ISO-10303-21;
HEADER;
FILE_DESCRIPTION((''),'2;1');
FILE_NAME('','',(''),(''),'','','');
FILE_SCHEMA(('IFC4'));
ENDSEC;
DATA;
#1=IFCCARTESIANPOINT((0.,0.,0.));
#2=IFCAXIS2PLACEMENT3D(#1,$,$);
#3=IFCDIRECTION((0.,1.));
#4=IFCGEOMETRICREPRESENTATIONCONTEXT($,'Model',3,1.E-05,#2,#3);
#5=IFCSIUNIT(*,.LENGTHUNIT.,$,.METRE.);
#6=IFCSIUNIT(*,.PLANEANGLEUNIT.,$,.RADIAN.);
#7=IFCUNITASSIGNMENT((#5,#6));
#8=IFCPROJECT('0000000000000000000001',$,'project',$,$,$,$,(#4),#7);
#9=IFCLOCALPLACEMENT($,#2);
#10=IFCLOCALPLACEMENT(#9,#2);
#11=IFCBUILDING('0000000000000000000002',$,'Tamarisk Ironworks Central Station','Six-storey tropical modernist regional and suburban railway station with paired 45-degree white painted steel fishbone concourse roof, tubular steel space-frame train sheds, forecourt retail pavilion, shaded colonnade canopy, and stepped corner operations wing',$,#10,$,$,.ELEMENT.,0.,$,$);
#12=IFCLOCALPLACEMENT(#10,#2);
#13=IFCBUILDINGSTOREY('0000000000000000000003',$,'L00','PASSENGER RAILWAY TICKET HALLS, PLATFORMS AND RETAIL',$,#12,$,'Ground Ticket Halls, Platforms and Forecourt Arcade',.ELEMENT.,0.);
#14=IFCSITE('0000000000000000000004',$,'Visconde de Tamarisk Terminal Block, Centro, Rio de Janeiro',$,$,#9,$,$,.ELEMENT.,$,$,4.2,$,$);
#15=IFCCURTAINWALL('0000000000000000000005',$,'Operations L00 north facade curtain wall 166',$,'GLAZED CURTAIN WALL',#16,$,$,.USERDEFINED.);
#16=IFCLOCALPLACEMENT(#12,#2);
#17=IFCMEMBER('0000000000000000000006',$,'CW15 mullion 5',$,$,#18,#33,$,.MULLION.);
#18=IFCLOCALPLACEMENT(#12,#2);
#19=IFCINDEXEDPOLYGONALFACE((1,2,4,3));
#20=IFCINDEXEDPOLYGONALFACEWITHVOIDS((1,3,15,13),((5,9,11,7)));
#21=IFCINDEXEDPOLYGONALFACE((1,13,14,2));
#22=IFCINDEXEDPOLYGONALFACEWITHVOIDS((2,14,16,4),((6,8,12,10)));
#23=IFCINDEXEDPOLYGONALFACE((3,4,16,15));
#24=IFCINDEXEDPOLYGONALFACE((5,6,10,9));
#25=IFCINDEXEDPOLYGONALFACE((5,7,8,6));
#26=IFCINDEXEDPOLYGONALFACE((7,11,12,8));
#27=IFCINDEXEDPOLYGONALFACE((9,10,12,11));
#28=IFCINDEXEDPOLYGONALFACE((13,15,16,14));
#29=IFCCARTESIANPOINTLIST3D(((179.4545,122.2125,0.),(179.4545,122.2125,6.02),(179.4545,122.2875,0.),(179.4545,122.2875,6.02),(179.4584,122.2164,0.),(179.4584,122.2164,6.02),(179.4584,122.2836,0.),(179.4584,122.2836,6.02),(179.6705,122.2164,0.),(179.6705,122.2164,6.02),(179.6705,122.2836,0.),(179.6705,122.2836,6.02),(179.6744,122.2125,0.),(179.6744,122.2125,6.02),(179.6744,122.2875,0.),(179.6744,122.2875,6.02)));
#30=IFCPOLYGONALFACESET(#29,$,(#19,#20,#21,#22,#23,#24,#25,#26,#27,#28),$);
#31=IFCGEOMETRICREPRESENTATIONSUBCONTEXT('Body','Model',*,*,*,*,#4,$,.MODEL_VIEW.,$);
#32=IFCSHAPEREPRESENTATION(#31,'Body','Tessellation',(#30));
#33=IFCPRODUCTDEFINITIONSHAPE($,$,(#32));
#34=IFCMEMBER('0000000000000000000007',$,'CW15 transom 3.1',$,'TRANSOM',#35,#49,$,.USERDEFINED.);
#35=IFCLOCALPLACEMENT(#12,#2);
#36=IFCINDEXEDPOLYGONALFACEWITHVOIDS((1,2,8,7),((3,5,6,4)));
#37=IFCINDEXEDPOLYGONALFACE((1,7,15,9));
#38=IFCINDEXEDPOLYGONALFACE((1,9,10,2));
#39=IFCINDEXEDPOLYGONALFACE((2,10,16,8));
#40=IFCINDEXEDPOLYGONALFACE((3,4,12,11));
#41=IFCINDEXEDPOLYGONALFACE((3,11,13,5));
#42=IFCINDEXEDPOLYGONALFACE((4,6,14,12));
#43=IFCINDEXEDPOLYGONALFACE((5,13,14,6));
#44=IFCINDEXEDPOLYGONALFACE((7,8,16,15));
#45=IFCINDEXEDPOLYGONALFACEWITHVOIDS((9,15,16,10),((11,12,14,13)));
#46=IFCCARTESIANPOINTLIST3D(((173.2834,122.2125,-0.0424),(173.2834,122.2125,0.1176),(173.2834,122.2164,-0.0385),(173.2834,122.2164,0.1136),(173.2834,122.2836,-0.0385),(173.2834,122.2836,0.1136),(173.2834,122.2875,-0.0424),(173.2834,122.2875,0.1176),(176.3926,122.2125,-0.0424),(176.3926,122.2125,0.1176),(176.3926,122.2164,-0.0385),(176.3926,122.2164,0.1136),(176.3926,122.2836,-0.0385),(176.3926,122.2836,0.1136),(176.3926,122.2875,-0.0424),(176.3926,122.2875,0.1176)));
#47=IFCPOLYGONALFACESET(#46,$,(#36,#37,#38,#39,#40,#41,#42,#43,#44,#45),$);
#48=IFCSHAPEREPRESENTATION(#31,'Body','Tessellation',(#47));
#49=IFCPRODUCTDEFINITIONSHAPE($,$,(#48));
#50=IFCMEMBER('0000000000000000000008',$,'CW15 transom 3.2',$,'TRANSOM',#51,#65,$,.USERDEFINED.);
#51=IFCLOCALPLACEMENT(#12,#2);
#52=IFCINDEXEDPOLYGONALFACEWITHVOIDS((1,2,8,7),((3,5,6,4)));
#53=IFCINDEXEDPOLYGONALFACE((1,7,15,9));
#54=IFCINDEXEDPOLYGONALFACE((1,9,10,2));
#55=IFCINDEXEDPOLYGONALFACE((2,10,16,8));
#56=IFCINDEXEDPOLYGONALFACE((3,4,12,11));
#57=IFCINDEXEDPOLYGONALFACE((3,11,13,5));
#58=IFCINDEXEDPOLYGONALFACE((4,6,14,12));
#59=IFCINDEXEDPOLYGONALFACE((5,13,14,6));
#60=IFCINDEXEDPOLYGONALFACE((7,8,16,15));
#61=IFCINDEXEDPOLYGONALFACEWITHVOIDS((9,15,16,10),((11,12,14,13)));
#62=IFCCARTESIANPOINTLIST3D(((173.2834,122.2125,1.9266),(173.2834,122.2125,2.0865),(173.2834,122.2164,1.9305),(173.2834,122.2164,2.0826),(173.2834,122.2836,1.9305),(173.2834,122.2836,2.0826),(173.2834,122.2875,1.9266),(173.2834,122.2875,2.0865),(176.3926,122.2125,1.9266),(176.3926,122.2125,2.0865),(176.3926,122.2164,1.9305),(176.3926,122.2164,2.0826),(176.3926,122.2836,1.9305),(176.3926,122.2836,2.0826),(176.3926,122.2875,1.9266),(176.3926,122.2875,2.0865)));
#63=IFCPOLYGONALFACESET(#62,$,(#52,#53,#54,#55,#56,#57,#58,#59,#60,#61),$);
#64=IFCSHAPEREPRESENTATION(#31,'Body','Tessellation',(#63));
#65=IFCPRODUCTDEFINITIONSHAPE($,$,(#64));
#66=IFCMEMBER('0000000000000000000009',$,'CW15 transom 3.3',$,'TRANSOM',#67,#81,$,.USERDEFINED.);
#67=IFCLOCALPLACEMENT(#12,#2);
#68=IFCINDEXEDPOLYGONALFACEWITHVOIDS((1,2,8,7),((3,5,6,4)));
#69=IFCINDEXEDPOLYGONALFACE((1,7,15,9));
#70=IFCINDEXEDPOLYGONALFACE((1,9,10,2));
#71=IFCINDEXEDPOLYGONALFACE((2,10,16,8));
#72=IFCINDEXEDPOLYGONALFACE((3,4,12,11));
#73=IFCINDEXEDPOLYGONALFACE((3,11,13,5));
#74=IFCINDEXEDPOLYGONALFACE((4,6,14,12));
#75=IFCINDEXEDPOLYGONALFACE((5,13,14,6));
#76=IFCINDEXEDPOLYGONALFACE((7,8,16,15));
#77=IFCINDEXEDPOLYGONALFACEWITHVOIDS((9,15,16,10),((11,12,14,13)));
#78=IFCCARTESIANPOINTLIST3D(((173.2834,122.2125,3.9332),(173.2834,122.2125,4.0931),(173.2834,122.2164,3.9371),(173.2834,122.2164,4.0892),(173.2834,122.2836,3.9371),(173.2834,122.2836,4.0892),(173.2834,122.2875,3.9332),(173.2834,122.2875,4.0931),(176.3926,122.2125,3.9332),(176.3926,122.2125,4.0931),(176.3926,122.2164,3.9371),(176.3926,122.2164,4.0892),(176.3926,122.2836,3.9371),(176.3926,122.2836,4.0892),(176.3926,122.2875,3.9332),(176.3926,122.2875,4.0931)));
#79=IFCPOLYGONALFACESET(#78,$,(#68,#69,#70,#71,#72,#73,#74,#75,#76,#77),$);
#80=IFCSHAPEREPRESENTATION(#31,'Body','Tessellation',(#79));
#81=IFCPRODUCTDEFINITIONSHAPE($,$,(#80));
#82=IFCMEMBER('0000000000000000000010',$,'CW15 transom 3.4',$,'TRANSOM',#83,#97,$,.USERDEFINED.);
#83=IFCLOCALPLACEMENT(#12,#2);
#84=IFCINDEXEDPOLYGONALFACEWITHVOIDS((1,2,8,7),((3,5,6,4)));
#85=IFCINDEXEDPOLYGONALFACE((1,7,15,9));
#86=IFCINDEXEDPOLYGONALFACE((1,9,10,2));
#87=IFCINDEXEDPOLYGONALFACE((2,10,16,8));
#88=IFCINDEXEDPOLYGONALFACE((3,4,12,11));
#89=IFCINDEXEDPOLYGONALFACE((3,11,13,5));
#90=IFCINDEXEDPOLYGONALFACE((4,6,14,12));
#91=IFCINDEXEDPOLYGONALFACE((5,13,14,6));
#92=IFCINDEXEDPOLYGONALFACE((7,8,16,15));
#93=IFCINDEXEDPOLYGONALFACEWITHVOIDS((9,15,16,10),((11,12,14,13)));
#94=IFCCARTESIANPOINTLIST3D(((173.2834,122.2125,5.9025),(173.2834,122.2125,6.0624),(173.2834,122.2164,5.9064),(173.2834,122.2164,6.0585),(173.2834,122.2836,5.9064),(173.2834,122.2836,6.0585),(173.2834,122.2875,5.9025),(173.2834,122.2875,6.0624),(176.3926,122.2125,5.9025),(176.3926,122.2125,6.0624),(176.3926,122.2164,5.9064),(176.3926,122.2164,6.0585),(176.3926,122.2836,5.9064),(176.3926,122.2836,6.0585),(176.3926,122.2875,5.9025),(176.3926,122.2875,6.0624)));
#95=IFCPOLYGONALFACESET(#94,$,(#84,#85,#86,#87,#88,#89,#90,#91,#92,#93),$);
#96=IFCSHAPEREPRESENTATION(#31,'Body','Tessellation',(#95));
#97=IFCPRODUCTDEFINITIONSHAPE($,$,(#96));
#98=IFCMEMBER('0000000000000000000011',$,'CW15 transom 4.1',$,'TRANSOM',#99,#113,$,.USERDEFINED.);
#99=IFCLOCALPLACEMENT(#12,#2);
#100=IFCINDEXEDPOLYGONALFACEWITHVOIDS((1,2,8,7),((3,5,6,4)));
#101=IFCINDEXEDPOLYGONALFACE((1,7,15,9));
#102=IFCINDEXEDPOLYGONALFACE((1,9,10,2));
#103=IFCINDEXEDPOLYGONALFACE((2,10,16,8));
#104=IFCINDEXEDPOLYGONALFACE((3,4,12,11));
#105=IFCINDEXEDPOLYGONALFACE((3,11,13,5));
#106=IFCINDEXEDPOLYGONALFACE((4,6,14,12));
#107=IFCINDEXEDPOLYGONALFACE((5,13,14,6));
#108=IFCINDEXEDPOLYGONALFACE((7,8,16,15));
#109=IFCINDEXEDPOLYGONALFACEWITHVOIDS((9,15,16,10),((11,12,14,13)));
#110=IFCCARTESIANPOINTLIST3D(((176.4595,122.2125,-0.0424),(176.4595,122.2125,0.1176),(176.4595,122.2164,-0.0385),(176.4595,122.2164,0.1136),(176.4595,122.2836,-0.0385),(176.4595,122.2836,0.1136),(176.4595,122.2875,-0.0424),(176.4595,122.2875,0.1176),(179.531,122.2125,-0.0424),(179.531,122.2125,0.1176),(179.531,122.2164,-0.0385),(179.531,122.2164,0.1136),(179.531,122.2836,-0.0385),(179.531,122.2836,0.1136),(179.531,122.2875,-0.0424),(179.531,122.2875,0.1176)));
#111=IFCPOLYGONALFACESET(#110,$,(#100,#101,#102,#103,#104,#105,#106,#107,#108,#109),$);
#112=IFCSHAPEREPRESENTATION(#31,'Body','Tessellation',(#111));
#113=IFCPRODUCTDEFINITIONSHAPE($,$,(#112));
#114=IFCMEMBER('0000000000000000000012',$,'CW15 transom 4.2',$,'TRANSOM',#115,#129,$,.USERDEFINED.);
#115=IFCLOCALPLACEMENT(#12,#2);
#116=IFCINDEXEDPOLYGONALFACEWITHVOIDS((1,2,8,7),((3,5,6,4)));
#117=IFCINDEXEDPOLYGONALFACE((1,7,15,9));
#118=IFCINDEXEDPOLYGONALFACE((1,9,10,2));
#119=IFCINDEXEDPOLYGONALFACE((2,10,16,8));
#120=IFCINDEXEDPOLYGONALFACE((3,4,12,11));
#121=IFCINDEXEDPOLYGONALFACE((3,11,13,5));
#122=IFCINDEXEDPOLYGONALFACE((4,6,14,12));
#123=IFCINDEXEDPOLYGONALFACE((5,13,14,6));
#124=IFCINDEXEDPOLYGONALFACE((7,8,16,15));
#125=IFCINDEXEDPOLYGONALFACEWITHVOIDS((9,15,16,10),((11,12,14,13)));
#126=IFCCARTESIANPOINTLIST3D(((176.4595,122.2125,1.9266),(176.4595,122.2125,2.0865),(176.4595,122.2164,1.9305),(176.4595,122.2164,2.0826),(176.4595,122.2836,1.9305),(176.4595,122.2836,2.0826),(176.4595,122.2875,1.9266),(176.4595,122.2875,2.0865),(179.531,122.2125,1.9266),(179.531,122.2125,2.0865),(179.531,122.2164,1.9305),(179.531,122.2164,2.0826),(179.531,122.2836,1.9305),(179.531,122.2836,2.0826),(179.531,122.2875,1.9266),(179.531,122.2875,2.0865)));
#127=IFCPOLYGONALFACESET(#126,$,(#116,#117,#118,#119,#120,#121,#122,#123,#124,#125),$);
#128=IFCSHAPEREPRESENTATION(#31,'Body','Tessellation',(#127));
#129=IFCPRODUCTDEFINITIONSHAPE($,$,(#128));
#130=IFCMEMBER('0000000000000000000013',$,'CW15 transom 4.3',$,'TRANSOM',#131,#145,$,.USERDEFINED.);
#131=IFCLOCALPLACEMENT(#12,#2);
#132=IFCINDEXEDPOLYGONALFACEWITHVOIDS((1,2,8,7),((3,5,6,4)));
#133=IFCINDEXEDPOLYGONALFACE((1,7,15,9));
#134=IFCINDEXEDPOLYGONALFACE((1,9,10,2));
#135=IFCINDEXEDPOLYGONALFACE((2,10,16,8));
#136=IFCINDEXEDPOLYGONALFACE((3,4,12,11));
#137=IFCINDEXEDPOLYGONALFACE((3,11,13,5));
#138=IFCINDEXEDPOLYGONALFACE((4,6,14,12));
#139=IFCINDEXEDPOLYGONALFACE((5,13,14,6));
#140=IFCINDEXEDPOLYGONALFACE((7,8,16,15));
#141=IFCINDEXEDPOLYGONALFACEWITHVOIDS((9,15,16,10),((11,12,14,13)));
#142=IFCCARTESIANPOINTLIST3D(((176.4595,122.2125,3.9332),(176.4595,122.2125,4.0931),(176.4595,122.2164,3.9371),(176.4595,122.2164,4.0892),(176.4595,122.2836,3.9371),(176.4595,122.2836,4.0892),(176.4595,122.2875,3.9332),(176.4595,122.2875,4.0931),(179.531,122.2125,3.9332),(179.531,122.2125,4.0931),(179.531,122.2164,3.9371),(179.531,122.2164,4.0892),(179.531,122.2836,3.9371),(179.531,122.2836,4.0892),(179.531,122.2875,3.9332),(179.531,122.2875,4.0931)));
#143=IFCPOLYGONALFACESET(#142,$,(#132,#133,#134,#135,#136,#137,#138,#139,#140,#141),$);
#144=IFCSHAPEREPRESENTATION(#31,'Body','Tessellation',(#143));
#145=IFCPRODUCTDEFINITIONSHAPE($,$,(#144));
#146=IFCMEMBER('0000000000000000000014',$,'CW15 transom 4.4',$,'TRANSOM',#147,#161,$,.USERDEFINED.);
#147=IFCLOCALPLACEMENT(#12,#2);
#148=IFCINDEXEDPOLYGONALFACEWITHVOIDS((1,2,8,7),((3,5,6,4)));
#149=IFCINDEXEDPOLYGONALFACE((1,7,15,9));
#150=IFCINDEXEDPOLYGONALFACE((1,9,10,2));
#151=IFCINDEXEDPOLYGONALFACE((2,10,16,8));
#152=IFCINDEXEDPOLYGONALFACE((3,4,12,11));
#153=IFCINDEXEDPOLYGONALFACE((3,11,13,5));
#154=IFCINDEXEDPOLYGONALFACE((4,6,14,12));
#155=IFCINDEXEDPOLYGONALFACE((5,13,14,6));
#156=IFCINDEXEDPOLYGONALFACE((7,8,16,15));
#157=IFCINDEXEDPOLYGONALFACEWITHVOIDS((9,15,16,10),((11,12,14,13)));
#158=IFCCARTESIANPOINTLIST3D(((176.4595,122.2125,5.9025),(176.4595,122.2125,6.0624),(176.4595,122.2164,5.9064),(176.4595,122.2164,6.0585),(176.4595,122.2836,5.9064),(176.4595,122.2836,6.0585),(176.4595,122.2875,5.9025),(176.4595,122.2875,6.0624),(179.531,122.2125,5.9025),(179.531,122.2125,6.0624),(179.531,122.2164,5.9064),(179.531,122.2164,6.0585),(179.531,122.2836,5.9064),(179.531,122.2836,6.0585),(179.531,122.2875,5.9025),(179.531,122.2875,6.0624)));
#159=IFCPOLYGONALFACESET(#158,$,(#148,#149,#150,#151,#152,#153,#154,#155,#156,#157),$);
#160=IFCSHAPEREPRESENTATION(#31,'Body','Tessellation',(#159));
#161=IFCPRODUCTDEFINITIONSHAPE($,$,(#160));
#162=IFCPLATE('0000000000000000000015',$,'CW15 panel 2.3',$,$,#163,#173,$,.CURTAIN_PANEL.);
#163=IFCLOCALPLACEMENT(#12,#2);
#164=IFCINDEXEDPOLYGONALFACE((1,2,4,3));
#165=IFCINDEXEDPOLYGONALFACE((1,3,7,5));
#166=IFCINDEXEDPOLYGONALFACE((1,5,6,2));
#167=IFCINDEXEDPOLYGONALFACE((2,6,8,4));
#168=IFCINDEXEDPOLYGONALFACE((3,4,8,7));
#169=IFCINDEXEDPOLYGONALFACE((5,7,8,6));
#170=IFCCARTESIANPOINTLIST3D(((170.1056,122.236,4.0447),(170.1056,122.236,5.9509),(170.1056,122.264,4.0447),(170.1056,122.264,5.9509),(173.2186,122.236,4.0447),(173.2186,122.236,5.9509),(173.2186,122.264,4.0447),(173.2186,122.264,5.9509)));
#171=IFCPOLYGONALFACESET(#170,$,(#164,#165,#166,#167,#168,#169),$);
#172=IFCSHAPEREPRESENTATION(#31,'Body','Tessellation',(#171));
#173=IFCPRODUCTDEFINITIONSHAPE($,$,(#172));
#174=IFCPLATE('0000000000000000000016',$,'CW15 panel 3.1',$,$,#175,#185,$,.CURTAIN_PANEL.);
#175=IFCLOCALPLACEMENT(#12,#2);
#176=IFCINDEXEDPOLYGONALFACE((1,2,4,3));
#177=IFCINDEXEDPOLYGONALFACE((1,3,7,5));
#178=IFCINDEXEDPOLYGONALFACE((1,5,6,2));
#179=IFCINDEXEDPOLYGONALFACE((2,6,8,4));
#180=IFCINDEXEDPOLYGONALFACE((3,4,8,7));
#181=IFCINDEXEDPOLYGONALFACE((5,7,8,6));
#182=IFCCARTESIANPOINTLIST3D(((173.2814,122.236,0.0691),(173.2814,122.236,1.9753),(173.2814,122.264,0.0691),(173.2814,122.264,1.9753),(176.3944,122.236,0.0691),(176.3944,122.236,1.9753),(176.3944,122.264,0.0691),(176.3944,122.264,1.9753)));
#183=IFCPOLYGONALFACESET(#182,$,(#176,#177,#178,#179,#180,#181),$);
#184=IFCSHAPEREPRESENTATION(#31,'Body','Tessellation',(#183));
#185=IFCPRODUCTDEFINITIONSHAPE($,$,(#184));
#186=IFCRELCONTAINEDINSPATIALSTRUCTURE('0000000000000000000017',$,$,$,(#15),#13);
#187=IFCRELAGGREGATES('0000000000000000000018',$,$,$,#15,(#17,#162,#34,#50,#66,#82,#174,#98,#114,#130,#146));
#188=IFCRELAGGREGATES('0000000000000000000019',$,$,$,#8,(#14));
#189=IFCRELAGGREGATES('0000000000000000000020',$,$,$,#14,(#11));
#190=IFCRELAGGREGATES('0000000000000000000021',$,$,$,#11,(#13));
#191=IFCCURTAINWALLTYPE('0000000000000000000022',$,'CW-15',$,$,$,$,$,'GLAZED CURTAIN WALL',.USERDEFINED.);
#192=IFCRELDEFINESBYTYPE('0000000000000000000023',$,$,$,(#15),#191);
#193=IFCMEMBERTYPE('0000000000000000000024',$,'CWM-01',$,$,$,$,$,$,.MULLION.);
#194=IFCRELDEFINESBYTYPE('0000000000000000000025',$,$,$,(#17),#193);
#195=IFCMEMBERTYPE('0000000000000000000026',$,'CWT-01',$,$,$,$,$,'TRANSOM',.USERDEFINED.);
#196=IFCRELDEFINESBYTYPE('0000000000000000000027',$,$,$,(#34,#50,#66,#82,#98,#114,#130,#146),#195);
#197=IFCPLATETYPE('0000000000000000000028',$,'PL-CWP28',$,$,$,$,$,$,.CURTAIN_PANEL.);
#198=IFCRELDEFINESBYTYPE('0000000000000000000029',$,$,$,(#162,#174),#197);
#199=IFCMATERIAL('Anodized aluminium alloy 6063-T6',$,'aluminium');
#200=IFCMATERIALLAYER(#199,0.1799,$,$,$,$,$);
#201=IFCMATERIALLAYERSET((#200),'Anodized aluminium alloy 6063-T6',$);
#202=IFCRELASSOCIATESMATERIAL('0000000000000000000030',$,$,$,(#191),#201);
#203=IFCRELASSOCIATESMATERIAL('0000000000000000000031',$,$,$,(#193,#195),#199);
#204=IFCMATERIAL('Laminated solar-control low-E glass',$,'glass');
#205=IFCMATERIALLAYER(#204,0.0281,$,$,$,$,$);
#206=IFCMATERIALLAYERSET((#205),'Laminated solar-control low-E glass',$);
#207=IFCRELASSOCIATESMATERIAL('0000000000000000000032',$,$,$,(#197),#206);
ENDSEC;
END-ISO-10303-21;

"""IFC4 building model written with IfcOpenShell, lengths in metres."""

from ifc_helpers import new_model, si_unit, direction, frame, origin, origin_2d, place, context, subcontext, project, spatial, rectangle, hollow_rectangle, extrude, material, layer, layer_set, material_profile, profile_set, type_object, element, aggregate, save


model = new_model("IFC4")

# Units and contexts
model_context = context("Model", 3, precision=1e-05, world=origin(), true_north=direction((0.0, 1.0)))
body_context = subcontext(model_context, "Body", "Model", "MODEL_VIEW")
ifc_project = project(units=[si_unit("LENGTHUNIT", "METRE"), si_unit("PLANEANGLEUNIT", "RADIAN")], contexts=[model_context])

# Site, building, storey
site_placement = place(None, origin())
site = spatial("IfcSite", under=ifc_project, at=site_placement, Name="Visconde de Tamarisk Terminal Block, Centro, Rio de Janeiro", CompositionType="ELEMENT", RefElevation=4.2)
building_placement = place(site_placement, origin())
building = spatial("IfcBuilding", under=site, at=building_placement, Name="Tamarisk Ironworks Central Station", Description="Six-storey tropical modernist regional and suburban railway station with paired 45-degree white painted steel fishbone concourse roof, tubular steel space-frame train sheds, forecourt retail pavilion, shaded colonnade canopy, and stepped corner operations wing", CompositionType="ELEMENT", ElevationOfRefHeight=0.0)
storey_placement = place(building_placement, origin())
storey = spatial("IfcBuildingStorey", under=building, at=storey_placement, Name="L00", Description="PASSENGER RAILWAY TICKET HALLS, PLATFORMS AND RETAIL", LongName="Ground Ticket Halls, Platforms and Forecourt Arcade", CompositionType="ELEMENT", Elevation=0.0)

# Curtain wall, members, plates
ifc_material_1 = material(Name="Anodized aluminium alloy 6063-T6", Category="aluminium")
ifc_layer_1 = layer(ifc_material_1, 0.1799)
ifc_layer_set_1 = layer_set([ifc_layer_1], Name="Anodized aluminium alloy 6063-T6")
curtain_wall_type = type_object("IfcCurtainWallType", Name="CW-15", ElementType="GLAZED CURTAIN WALL", PredefinedType="USERDEFINED", material=ifc_layer_set_1)
curtain_wall_placement = place(storey_placement, origin())
curtain_wall = element("IfcCurtainWall", 1, at=curtain_wall_placement, inside=storey, type_object=curtain_wall_type, Name="Operations L00 north facade curtain wall 166", ObjectType="GLAZED CURTAIN WALL", PredefinedType="USERDEFINED")
ifc_material_profile_1 = material_profile(ifc_material_1, hollow_rectangle(XDim=0.075, YDim=0.22, WallThickness=0.0039, at=origin_2d()), Name="ALUM 220x75")
ifc_profile_set_1 = profile_set([ifc_material_profile_1], Name="Anodized aluminium alloy 6063-T6")
member_type_1 = type_object("IfcMemberType", Name="CWM-01", PredefinedType="MULLION", material=ifc_profile_set_1)
member_1_placement = place(storey_placement, frame((179.5645, 122.25, 0.0), z_axis=(0.0, 0.0, 1.0), x_axis=(0.0, 1.0, 0.0)))
member_1 = element("IfcMember", 2, at=member_1_placement, type_object=member_type_1, Name="CW15 mullion 5", PredefinedType="MULLION", context=body_context, shape_type="SweptSolid", body=[
    extrude(hollow_rectangle(XDim=0.075, YDim=0.22, WallThickness=0.0039, at=origin_2d()), origin(), (0.0, 0.0, 1.0), 6.02),
])
ifc_material_profile_2 = material_profile(ifc_material_1, hollow_rectangle(XDim=0.075, YDim=0.1599, WallThickness=0.0039, at=origin_2d()), Name="ALUM 160x75")
ifc_profile_set_2 = profile_set([ifc_material_profile_2], Name="Anodized aluminium alloy 6063-T6")
member_type_2 = type_object("IfcMemberType", Name="CWT-01", ElementType="TRANSOM", PredefinedType="USERDEFINED", material=ifc_profile_set_2)
member_2_placement = place(storey_placement, frame((173.2834, 122.25, 0.0376), z_axis=(1.0, 0.0, 0.0), x_axis=(0.0, 1.0, 0.0)))
member_2 = element("IfcMember", 3, at=member_2_placement, type_object=member_type_2, Name="CW15 transom 3.1", ObjectType="TRANSOM", PredefinedType="USERDEFINED", context=body_context, shape_type="SweptSolid", body=[
    extrude(hollow_rectangle(XDim=0.075, YDim=0.1599, WallThickness=0.0039, at=origin_2d()), origin(), (0.0, 0.0, 1.0), 3.1091),
])
member_3_placement = place(storey_placement, frame((173.2834, 122.25, 2.0066), z_axis=(1.0, 0.0, 0.0), x_axis=(0.0, 1.0, 0.0)))
member_3 = element("IfcMember", 4, at=member_3_placement, type_object=member_type_2, Name="CW15 transom 3.2", ObjectType="TRANSOM", PredefinedType="USERDEFINED", context=body_context, shape_type="SweptSolid", body=[
    extrude(hollow_rectangle(XDim=0.075, YDim=0.1599, WallThickness=0.0039, at=origin_2d()), origin(), (0.0, 0.0, 1.0), 3.1091),
])
member_4_placement = place(storey_placement, frame((173.2834, 122.25, 4.0132), z_axis=(1.0, 0.0, 0.0), x_axis=(0.0, 1.0, 0.0)))
member_4 = element("IfcMember", 5, at=member_4_placement, type_object=member_type_2, Name="CW15 transom 3.3", ObjectType="TRANSOM", PredefinedType="USERDEFINED", context=body_context, shape_type="SweptSolid", body=[
    extrude(hollow_rectangle(XDim=0.075, YDim=0.1599, WallThickness=0.0039, at=origin_2d()), origin(), (0.0, 0.0, 1.0), 3.1091),
])
member_5_placement = place(storey_placement, frame((173.2834, 122.25, 5.9824), z_axis=(1.0, 0.0, 0.0), x_axis=(0.0, 1.0, 0.0)))
member_5 = element("IfcMember", 6, at=member_5_placement, type_object=member_type_2, Name="CW15 transom 3.4", ObjectType="TRANSOM", PredefinedType="USERDEFINED", context=body_context, shape_type="SweptSolid", body=[
    extrude(hollow_rectangle(XDim=0.075, YDim=0.1599, WallThickness=0.0039, at=origin_2d()), origin(), (0.0, 0.0, 1.0), 3.1091),
])
member_6_placement = place(storey_placement, frame((176.4595, 122.25, 0.0376), z_axis=(1.0, 0.0, 0.0), x_axis=(0.0, 1.0, 0.0)))
member_6 = element("IfcMember", 7, at=member_6_placement, type_object=member_type_2, Name="CW15 transom 4.1", ObjectType="TRANSOM", PredefinedType="USERDEFINED", context=body_context, shape_type="SweptSolid", body=[
    extrude(hollow_rectangle(XDim=0.075, YDim=0.1599, WallThickness=0.0039, at=origin_2d()), origin(), (0.0, 0.0, 1.0), 3.0715),
])
member_7_placement = place(storey_placement, frame((176.4595, 122.25, 2.0066), z_axis=(1.0, 0.0, 0.0), x_axis=(0.0, 1.0, 0.0)))
member_7 = element("IfcMember", 8, at=member_7_placement, type_object=member_type_2, Name="CW15 transom 4.2", ObjectType="TRANSOM", PredefinedType="USERDEFINED", context=body_context, shape_type="SweptSolid", body=[
    extrude(hollow_rectangle(XDim=0.075, YDim=0.1599, WallThickness=0.0039, at=origin_2d()), origin(), (0.0, 0.0, 1.0), 3.0715),
])
member_8_placement = place(storey_placement, frame((176.4595, 122.25, 4.0132), z_axis=(1.0, 0.0, 0.0), x_axis=(0.0, 1.0, 0.0)))
member_8 = element("IfcMember", 9, at=member_8_placement, type_object=member_type_2, Name="CW15 transom 4.3", ObjectType="TRANSOM", PredefinedType="USERDEFINED", context=body_context, shape_type="SweptSolid", body=[
    extrude(hollow_rectangle(XDim=0.075, YDim=0.1599, WallThickness=0.0039, at=origin_2d()), origin(), (0.0, 0.0, 1.0), 3.0715),
])
member_9_placement = place(storey_placement, frame((176.4595, 122.25, 5.9824), z_axis=(1.0, 0.0, 0.0), x_axis=(0.0, 1.0, 0.0)))
member_9 = element("IfcMember", 10, at=member_9_placement, type_object=member_type_2, Name="CW15 transom 4.4", ObjectType="TRANSOM", PredefinedType="USERDEFINED", context=body_context, shape_type="SweptSolid", body=[
    extrude(hollow_rectangle(XDim=0.075, YDim=0.1599, WallThickness=0.0039, at=origin_2d()), origin(), (0.0, 0.0, 1.0), 3.0715),
])
ifc_material_2 = material(Name="Laminated solar-control low-E glass", Category="glass")
ifc_layer_2 = layer(ifc_material_2, 0.0281)
ifc_layer_set_2 = layer_set([ifc_layer_2], Name="Laminated solar-control low-E glass")
plate_type = type_object("IfcPlateType", Name="PL-CWP28", PredefinedType="CURTAIN_PANEL", material=ifc_layer_set_2)
plate_1_placement = place(storey_placement, frame((171.6621, 122.25, 4.0447), z_axis=(0.0, 0.0, 1.0), x_axis=(1.0, 0.0, 0.0)))
plate_1 = element("IfcPlate", 11, at=plate_1_placement, type_object=plate_type, Name="CW15 panel 2.3", PredefinedType="CURTAIN_PANEL", context=body_context, shape_type="SweptSolid", body=[
    extrude(rectangle(XDim=3.113, YDim=0.0281, at=origin_2d()), origin(), (0.0, 0.0, 1.0), 1.9062),
])
plate_2_placement = place(storey_placement, frame((174.8379, 122.25, 0.0691), z_axis=(0.0, 0.0, 1.0), x_axis=(1.0, 0.0, 0.0)))
plate_2 = element("IfcPlate", 12, at=plate_2_placement, type_object=plate_type, Name="CW15 panel 3.1", PredefinedType="CURTAIN_PANEL", context=body_context, shape_type="SweptSolid", body=[
    extrude(rectangle(XDim=3.113, YDim=0.0281, at=origin_2d()), origin(), (0.0, 0.0, 1.0), 1.9062),
])
aggregate(curtain_wall, [member_1, plate_1, member_2, member_3, member_4, member_5, plate_2, member_6, member_7, member_8, member_9])

save(model, "model.ifc")
